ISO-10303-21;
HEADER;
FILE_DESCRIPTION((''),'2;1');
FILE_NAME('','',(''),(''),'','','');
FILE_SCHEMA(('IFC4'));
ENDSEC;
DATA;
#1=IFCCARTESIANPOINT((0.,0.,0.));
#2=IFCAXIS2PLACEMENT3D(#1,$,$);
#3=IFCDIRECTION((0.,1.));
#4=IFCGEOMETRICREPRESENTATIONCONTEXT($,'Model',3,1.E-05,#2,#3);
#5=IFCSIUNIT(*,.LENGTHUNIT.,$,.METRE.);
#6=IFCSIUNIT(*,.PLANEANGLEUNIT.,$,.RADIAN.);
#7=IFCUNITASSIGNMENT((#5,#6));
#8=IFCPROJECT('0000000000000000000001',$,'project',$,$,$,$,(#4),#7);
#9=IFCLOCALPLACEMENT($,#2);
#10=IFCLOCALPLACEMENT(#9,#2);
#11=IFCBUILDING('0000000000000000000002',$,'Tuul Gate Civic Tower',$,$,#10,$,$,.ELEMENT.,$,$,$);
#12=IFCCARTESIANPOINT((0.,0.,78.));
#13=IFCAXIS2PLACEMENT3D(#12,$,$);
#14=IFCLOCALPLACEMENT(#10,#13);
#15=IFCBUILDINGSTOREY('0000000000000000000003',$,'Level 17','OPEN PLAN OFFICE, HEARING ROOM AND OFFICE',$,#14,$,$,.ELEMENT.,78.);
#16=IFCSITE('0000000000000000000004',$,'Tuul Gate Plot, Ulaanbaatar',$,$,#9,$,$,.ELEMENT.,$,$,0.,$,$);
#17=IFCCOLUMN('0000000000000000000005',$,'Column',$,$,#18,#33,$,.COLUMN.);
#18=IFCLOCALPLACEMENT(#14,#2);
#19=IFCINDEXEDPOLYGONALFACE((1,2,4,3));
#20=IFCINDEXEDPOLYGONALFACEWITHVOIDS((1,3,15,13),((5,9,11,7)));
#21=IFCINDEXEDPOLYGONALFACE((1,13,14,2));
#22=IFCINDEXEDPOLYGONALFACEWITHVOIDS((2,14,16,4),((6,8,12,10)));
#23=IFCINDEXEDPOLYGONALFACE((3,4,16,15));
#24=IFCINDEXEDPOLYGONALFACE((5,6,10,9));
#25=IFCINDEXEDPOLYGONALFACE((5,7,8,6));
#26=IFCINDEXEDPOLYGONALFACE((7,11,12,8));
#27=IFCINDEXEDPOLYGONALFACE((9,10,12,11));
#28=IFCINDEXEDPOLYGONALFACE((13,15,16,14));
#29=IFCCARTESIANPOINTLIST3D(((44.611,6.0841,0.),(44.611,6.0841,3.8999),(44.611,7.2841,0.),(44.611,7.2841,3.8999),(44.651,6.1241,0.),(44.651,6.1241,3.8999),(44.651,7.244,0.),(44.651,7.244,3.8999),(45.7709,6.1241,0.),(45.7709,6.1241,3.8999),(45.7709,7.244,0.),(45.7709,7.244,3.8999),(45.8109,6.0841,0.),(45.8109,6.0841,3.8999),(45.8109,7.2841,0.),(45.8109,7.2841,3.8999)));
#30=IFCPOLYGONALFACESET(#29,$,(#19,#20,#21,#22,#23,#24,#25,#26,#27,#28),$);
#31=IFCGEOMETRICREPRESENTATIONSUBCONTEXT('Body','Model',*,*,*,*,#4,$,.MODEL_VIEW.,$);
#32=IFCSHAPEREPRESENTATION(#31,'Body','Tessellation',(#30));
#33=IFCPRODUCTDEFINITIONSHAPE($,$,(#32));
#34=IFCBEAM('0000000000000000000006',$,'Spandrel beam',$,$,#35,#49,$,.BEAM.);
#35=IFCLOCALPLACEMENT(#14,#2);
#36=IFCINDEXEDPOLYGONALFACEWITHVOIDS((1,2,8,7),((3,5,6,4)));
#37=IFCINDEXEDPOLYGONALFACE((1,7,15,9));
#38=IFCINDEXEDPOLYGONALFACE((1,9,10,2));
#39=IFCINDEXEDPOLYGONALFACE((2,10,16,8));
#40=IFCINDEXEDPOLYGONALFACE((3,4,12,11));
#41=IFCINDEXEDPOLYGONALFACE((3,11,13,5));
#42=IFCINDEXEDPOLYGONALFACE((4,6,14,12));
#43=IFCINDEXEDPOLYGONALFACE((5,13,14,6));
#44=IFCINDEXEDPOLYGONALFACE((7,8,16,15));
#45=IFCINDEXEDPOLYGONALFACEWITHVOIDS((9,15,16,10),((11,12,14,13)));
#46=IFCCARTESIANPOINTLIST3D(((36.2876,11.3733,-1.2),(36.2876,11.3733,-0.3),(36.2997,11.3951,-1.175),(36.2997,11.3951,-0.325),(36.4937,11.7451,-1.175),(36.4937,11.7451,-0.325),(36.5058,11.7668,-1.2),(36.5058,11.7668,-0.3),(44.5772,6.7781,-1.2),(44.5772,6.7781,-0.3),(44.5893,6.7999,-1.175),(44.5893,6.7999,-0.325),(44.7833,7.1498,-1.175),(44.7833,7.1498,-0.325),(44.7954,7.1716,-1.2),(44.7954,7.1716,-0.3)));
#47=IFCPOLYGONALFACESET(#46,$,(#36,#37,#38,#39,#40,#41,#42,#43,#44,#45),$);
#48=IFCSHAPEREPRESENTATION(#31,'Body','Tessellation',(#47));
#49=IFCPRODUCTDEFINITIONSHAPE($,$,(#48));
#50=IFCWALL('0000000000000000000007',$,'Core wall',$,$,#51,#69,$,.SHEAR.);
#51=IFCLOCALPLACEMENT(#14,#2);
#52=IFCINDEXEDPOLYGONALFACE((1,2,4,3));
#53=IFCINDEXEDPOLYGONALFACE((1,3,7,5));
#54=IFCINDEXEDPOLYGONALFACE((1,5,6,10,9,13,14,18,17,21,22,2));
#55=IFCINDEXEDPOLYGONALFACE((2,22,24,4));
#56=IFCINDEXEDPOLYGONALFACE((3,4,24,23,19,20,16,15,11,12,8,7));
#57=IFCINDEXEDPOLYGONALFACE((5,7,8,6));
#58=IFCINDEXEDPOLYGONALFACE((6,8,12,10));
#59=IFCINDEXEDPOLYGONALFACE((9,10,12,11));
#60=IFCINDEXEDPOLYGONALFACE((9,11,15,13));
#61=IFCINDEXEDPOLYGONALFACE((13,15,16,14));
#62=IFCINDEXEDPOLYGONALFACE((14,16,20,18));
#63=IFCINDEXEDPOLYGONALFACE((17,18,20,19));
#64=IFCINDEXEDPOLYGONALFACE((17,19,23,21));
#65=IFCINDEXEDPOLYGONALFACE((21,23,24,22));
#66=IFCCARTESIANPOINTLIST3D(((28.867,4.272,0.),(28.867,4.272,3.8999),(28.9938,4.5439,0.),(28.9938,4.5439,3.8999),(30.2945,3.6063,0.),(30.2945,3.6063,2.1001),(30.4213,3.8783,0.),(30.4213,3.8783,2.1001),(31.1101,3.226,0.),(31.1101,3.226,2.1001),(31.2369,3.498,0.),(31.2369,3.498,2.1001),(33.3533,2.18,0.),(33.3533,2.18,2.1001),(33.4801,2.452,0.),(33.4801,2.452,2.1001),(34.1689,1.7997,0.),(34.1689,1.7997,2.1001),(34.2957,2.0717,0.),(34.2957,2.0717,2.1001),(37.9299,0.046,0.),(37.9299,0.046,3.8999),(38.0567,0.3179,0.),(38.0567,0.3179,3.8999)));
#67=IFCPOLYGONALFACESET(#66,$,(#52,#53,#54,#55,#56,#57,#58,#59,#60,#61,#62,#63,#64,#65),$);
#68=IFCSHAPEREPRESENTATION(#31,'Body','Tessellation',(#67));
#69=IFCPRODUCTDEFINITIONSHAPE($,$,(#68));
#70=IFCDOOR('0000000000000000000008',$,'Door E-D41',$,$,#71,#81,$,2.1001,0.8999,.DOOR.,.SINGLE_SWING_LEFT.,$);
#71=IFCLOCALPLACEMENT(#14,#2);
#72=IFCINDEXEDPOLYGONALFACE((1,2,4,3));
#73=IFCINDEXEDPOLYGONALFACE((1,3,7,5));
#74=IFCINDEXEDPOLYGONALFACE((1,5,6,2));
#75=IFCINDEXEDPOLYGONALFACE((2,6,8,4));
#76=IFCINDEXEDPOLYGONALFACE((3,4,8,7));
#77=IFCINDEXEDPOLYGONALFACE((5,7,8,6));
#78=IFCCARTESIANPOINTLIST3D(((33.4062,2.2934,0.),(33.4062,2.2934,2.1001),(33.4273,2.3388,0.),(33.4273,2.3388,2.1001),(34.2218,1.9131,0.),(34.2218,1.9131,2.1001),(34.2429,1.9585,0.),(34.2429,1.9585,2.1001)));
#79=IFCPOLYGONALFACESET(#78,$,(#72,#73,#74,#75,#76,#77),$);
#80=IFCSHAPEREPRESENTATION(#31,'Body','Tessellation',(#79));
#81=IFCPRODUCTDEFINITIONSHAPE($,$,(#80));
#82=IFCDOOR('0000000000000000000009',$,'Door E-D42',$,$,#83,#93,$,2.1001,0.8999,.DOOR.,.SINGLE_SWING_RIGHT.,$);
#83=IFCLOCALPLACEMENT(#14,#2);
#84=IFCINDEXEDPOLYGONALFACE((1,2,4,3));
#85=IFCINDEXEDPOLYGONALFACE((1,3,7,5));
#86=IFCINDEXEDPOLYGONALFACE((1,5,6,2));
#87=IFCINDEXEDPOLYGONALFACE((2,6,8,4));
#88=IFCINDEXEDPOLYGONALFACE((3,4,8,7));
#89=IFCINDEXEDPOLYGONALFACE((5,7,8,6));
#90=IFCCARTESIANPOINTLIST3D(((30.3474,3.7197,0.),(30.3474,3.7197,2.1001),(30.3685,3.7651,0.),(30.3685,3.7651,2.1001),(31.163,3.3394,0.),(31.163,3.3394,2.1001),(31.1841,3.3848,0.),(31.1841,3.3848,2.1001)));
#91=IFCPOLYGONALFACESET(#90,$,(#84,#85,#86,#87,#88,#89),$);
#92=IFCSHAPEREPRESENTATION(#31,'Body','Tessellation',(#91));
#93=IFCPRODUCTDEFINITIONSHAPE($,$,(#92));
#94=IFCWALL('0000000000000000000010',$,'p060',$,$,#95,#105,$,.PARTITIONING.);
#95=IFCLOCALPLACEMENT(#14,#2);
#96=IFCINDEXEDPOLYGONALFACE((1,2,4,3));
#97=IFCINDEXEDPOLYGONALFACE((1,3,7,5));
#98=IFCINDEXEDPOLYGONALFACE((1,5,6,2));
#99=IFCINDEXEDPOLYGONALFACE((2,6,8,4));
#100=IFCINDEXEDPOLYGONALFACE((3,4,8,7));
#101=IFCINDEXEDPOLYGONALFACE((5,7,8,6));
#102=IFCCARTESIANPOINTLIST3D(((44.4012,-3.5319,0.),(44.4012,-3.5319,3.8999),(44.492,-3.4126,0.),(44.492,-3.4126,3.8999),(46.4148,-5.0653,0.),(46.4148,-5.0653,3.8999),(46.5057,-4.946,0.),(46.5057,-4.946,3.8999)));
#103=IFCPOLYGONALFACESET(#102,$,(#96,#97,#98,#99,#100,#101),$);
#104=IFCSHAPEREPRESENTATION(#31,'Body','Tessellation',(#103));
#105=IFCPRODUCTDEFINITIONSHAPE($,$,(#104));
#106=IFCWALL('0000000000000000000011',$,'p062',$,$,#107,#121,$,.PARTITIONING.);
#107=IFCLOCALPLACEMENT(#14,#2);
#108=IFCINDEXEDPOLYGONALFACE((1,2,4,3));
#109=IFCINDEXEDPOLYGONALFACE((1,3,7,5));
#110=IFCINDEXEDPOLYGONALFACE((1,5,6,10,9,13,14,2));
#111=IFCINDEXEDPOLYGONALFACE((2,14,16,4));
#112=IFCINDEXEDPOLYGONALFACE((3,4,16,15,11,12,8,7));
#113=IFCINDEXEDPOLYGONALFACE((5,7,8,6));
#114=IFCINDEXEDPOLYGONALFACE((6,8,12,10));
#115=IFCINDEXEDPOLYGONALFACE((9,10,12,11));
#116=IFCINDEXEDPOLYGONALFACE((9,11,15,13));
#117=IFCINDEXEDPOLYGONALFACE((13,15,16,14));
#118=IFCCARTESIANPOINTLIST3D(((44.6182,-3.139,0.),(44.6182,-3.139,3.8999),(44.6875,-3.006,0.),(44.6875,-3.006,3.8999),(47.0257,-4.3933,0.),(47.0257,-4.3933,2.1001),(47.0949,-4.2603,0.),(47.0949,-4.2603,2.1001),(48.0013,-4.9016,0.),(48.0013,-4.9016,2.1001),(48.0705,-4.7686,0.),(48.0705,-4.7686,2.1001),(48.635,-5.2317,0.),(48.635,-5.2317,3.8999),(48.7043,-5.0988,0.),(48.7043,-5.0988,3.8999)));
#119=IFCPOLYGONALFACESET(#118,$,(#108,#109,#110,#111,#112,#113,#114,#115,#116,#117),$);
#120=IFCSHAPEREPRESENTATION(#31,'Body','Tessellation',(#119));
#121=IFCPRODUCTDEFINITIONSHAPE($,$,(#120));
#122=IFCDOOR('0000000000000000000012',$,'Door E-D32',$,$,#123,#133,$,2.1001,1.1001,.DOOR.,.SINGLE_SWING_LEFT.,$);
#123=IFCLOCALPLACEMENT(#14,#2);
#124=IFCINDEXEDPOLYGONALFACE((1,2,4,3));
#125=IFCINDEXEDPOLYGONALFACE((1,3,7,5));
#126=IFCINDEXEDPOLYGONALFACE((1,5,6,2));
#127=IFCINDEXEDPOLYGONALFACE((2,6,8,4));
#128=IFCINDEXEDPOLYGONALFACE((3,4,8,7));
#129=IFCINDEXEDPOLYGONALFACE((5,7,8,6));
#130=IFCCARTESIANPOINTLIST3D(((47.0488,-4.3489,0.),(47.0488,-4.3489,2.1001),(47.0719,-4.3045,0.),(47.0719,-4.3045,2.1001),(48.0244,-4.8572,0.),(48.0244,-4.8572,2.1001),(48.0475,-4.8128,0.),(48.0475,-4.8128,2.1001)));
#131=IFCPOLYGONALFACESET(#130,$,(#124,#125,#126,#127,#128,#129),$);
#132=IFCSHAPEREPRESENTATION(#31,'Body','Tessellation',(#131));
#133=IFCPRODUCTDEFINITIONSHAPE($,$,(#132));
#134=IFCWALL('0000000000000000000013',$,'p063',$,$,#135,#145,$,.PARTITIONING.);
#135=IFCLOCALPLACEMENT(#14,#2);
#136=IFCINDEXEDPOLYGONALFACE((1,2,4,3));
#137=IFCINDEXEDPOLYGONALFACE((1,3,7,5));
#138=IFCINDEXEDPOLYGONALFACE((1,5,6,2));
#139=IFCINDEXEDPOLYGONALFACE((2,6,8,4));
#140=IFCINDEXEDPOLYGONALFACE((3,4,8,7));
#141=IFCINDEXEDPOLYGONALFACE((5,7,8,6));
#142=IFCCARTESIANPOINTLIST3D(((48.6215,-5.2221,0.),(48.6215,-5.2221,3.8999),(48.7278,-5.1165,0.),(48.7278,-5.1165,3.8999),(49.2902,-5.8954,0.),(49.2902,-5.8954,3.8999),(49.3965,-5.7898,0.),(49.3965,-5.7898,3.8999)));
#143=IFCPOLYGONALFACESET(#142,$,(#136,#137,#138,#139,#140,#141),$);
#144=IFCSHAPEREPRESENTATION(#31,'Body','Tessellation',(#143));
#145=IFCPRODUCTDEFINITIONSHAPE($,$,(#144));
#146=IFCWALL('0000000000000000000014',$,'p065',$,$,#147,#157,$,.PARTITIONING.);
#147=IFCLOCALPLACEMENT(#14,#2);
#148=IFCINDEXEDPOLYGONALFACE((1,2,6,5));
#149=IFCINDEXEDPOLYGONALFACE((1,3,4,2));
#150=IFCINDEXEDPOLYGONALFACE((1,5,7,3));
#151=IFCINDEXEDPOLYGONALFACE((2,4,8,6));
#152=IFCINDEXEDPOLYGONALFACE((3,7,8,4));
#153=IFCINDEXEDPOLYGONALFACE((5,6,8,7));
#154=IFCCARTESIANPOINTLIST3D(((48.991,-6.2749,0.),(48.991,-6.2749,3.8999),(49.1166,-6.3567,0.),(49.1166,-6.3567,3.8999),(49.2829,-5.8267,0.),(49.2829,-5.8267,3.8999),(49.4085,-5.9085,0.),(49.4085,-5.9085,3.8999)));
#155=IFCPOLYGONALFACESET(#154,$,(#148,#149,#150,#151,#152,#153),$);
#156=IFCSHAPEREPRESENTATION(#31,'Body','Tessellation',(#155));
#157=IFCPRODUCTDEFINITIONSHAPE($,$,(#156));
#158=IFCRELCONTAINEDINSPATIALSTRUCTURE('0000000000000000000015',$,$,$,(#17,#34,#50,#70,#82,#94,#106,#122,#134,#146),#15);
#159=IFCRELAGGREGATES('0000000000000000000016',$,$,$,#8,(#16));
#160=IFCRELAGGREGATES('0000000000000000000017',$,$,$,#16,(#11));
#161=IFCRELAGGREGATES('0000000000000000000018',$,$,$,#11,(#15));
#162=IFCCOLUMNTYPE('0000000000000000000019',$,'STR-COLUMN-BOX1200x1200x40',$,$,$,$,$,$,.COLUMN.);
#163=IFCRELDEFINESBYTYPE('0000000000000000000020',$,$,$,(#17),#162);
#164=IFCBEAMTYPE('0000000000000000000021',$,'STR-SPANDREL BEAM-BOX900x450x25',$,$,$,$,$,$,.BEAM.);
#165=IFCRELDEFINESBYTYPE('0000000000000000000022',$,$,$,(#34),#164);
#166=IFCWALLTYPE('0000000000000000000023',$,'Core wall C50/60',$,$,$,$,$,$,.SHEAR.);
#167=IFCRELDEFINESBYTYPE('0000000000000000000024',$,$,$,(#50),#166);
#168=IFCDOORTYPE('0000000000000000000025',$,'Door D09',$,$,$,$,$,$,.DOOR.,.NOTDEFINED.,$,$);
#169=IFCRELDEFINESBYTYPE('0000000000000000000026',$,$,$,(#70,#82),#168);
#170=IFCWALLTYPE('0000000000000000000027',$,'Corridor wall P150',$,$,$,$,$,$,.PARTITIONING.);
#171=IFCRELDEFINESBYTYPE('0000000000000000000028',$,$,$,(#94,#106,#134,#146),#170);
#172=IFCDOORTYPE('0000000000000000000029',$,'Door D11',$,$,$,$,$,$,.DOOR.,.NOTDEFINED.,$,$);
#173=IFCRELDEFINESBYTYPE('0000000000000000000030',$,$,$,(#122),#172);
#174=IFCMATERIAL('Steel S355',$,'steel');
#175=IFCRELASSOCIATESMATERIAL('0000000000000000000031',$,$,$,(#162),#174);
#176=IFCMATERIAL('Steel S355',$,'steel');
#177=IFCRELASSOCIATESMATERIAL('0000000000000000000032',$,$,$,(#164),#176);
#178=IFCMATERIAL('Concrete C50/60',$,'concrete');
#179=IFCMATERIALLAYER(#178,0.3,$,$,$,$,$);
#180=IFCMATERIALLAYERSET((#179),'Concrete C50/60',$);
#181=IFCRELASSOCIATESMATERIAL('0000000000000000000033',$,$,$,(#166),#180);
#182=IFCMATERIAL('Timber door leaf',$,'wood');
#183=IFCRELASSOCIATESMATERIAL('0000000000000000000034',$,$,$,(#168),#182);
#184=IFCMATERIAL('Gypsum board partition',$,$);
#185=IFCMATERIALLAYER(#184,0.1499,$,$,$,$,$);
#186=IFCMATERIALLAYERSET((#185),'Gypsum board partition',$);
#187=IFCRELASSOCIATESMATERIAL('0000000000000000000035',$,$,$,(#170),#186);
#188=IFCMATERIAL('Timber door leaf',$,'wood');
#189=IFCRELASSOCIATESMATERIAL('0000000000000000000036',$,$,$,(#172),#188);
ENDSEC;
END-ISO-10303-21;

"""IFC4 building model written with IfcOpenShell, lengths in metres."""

from ifc_helpers import new_model, si_unit, direction, frame, frame_2d, origin, origin_2d, place, context, subcontext, project, spatial, rectangle, hollow_rectangle, extrude, material, layer, layer_set, material_profile, profile_set, type_object, element, fill, save


model = new_model("IFC4")

# Units and contexts
model_context = context("Model", 3, precision=1e-05, world=origin(), true_north=direction((0.0, 1.0)))
body_context = subcontext(model_context, "Body", "Model", "MODEL_VIEW")
ifc_project = project(units=[si_unit("LENGTHUNIT", "METRE"), si_unit("PLANEANGLEUNIT", "RADIAN")], contexts=[model_context])

# Site, building, storey
site_placement = place(None, origin())
site = spatial("IfcSite", under=ifc_project, at=site_placement, Name="Tuul Gate Plot, Ulaanbaatar", CompositionType="ELEMENT", RefElevation=0.0)
building_placement = place(site_placement, origin())
building = spatial("IfcBuilding", under=site, at=building_placement, Name="Tuul Gate Civic Tower", CompositionType="ELEMENT")
storey_placement = place(building_placement, frame((0.0, 0.0, 78.0)))
storey = spatial("IfcBuildingStorey", under=building, at=storey_placement, Name="Level 17", Description="OPEN PLAN OFFICE, HEARING ROOM AND OFFICE", CompositionType="ELEMENT", Elevation=78.0)

# Column
ifc_material_1 = material(Name="Steel S355", Category="steel")
ifc_material_profile_1 = material_profile(ifc_material_1, hollow_rectangle(XDim=1.2, YDim=1.2, WallThickness=0.04, at=origin_2d()), Name="BOX1200x1200x40")
ifc_profile_set_1 = profile_set([ifc_material_profile_1], Name="Steel S355")
column_type = type_object("IfcColumnType", Name="STR-COLUMN-BOX1200x1200x40", PredefinedType="COLUMN", material=ifc_profile_set_1)
column_placement = place(storey_placement, frame((45.2109, 6.6841, 0.0), z_axis=(0.0, 0.0, 1.0), x_axis=(1.0, 0.0, 0.0)))
element("IfcColumn", 1, at=column_placement, inside=storey, type_object=column_type, Name="Column", PredefinedType="COLUMN", context=body_context, shape_type="SweptSolid", body=[
    extrude(hollow_rectangle(XDim=1.2, YDim=1.2, WallThickness=0.04, at=origin_2d()), origin(), (0.0, 0.0, 1.0), 3.8999),
])

# Beam
ifc_material_2 = material(Name="Steel S355", Category="steel")
ifc_material_profile_2 = material_profile(ifc_material_2, hollow_rectangle(XDim=0.45, YDim=0.8999, WallThickness=0.0249, at=origin_2d()), Name="BOX900x450x25")
ifc_profile_set_2 = profile_set([ifc_material_profile_2], Name="Steel S355")
beam_type = type_object("IfcBeamType", Name="STR-SPANDREL BEAM-BOX900x450x25", PredefinedType="BEAM", material=ifc_profile_set_2)
beam_placement = place(storey_placement, frame((44.6863, 6.9749, -0.75), z_axis=(-0.874609, 0.484829, 0.0), x_axis=(-0.484829, -0.874609, 0.0)))
element("IfcBeam", 2, at=beam_placement, inside=storey, type_object=beam_type, Name="Spandrel beam", PredefinedType="BEAM", context=body_context, shape_type="SweptSolid", body=[
    extrude(hollow_rectangle(XDim=0.45, YDim=0.8999, WallThickness=0.0249, at=origin_2d()), origin(), (0.0, 0.0, 1.0), 9.478),
])

# Wall, openings, doors
ifc_material_3 = material(Name="Concrete C50/60", Category="concrete")
ifc_layer_1 = layer(ifc_material_3, 0.3)
ifc_layer_set_1 = layer_set([ifc_layer_1], Name="Concrete C50/60")
wall_type_1 = type_object("IfcWallType", Name="Core wall C50/60", PredefinedType="SHEAR", material=ifc_layer_set_1)
wall_1_placement = place(storey_placement, frame((37.9934, 0.1819, 0.0), z_axis=(0.0, 0.0, 1.0), x_axis=(-0.90631, 0.422613, 0.0)))
wall_1 = element("IfcWall", 3, at=wall_1_placement, inside=storey, type_object=wall_type_1, Name="Core wall", PredefinedType="SHEAR", context=body_context, shape_type="SweptSolid", body=[
    extrude(rectangle(XDim=9.9998, YDim=0.3, at=frame_2d((5.0, 0.0))), origin(), (0.0, 0.0, 1.0), 3.8999),
])
opening_1_placement = place(wall_1_placement, frame((4.1499, 0.0, 0.0)))
opening_1 = element("IfcOpeningElement", 4, at=opening_1_placement, cuts=wall_1, PredefinedType="OPENING", context=body_context, shape_type="SweptSolid", body=[
    extrude(rectangle(XDim=0.8999, YDim=2.1001, at=frame_2d((0.45, 1.05))), frame((0.0, 0.1602, 0.0), z_axis=(0.0, -1.0, 0.0), x_axis=(1.0, 0.0, 0.0)), (0.0, 0.0, 1.0), 0.3201),
])
opening_2_placement = place(wall_1_placement, frame((7.5249, 0.0, 0.0)))
opening_2 = element("IfcOpeningElement", 5, at=opening_2_placement, cuts=wall_1, PredefinedType="OPENING", context=body_context, shape_type="SweptSolid", body=[
    extrude(rectangle(XDim=0.8999, YDim=2.1001, at=frame_2d((0.45, 1.05))), frame((0.0, 0.1602, 0.0), z_axis=(0.0, -1.0, 0.0), x_axis=(1.0, 0.0, 0.0)), (0.0, 0.0, 1.0), 0.3201),
])
ifc_material_4 = material(Name="Timber door leaf", Category="wood")
door_type_1 = type_object("IfcDoorType", Name="Door D09", OperationType="NOTDEFINED", PredefinedType="DOOR", material=ifc_material_4)
door_1_placement = place(opening_1_placement, origin())
door_1 = element("IfcDoor", 6, at=door_1_placement, inside=storey, type_object=door_type_1, Name="Door E-D41", OperationType="SINGLE_SWING_LEFT", OverallHeight=2.1001, OverallWidth=0.8999, PredefinedType="DOOR", context=body_context, shape_type="SweptSolid", body=[
    extrude(rectangle(XDim=0.8999, YDim=2.1001, at=frame_2d((0.45, 1.05))), frame((0.0, 0.0249, 0.0), z_axis=(0.0, -1.0, 0.0), x_axis=(1.0, 0.0, 0.0)), (0.0, 0.0, 1.0), 0.05),
])
fill(opening_1, door_1)
door_2_placement = place(opening_2_placement, origin())
door_2 = element("IfcDoor", 7, at=door_2_placement, inside=storey, type_object=door_type_1, Name="Door E-D42", OperationType="SINGLE_SWING_RIGHT", OverallHeight=2.1001, OverallWidth=0.8999, PredefinedType="DOOR", context=body_context, shape_type="SweptSolid", body=[
    extrude(rectangle(XDim=0.8999, YDim=2.1001, at=frame_2d((0.45, 1.05))), frame((0.0, 0.0249, 0.0), z_axis=(0.0, -1.0, 0.0), x_axis=(1.0, 0.0, 0.0)), (0.0, 0.0, 1.0), 0.05),
])
fill(opening_2, door_2)

# Wall
ifc_material_5 = material(Name="Gypsum board partition")
ifc_layer_2 = layer(ifc_material_5, 0.1499)
ifc_layer_set_2 = layer_set([ifc_layer_2], Name="Gypsum board partition")
wall_type_2 = type_object("IfcWallType", Name="Corridor wall P150", PredefinedType="PARTITIONING", material=ifc_layer_set_2)
wall_2_placement = place(storey_placement, frame((44.4465, -3.4722, 0.0), z_axis=(0.0, 0.0, 1.0), x_axis=(0.79558, -0.605848, 0.0)))
element("IfcWall", 8, at=wall_2_placement, inside=storey, type_object=wall_type_2, Name="p060", PredefinedType="PARTITIONING", context=body_context, shape_type="SweptSolid", body=[
    extrude(rectangle(XDim=2.531, YDim=0.1499, at=frame_2d((1.2656, 0.0))), origin(), (0.0, 0.0, 1.0), 3.8999),
])

# Wall, opening, door
wall_3_placement = place(storey_placement, frame((44.6528, -3.0725, 0.0), z_axis=(0.0, 0.0, 1.0), x_axis=(0.886854, -0.46205, 0.0)))
wall_3 = element("IfcWall", 9, at=wall_3_placement, inside=storey, type_object=wall_type_2, Name="p062", PredefinedType="PARTITIONING", context=body_context, shape_type="SweptSolid", body=[
    extrude(rectangle(XDim=4.5293, YDim=0.1499, at=frame_2d((2.2646, 0.0))), origin(), (0.0, 0.0, 1.0), 3.8999),
])
opening_3_placement = place(wall_3_placement, frame((2.7146, 0.0, 0.0)))
opening_3 = element("IfcOpeningElement", 10, at=opening_3_placement, cuts=wall_3, PredefinedType="OPENING", context=body_context, shape_type="SweptSolid", body=[
    extrude(rectangle(XDim=1.1001, YDim=2.1001, at=frame_2d((0.55, 1.05))), frame((0.0, 0.085, 0.0), z_axis=(0.0, -1.0, 0.0), x_axis=(1.0, 0.0, 0.0)), (0.0, 0.0, 1.0), 0.1699),
])
ifc_material_6 = material(Name="Timber door leaf", Category="wood")
door_type_2 = type_object("IfcDoorType", Name="Door D11", OperationType="NOTDEFINED", PredefinedType="DOOR", material=ifc_material_6)
door_3_placement = place(opening_3_placement, frame((1.1001, 0.0, 0.0), z_axis=(0.0, 0.0, 1.0), x_axis=(-1.0, 0.0, 0.0)))
door_3 = element("IfcDoor", 11, at=door_3_placement, inside=storey, type_object=door_type_2, Name="Door E-D32", OperationType="SINGLE_SWING_LEFT", OverallHeight=2.1001, OverallWidth=1.1001, PredefinedType="DOOR", context=body_context, shape_type="SweptSolid", body=[
    extrude(rectangle(XDim=1.1001, YDim=2.1001, at=frame_2d((0.55, 1.05))), frame((0.0, 0.0249, 0.0), z_axis=(0.0, -1.0, 0.0), x_axis=(1.0, 0.0, 0.0)), (0.0, 0.0, 1.0), 0.05),
])
fill(opening_3, door_3)

# Walls
wall_4_placement = place(storey_placement, frame((48.6746, -5.1692, 0.0), z_axis=(0.0, 0.0, 1.0), x_axis=(0.704659, -0.709547, 0.0)))
element("IfcWall", 12, at=wall_4_placement, inside=storey, type_object=wall_type_2, Name="p063", PredefinedType="PARTITIONING", context=body_context, shape_type="SweptSolid", body=[
    extrude(rectangle(XDim=0.949, YDim=0.1499, at=frame_2d((0.4746, 0.0))), origin(), (0.0, 0.0, 1.0), 3.8999),
])
wall_5_placement = place(storey_placement, frame((49.0537, -6.3159, 0.0), z_axis=(0.0, 0.0, 1.0), x_axis=(0.545822, 0.837901, 0.0)))
element("IfcWall", 13, at=wall_5_placement, inside=storey, type_object=wall_type_2, Name="p065", PredefinedType="PARTITIONING", context=body_context, shape_type="SweptSolid", body=[
    extrude(rectangle(XDim=0.5349, YDim=0.1499, at=frame_2d((0.2676, 0.0))), origin(), (0.0, 0.0, 1.0), 3.8999),
])

save(model, "model.ifc")
